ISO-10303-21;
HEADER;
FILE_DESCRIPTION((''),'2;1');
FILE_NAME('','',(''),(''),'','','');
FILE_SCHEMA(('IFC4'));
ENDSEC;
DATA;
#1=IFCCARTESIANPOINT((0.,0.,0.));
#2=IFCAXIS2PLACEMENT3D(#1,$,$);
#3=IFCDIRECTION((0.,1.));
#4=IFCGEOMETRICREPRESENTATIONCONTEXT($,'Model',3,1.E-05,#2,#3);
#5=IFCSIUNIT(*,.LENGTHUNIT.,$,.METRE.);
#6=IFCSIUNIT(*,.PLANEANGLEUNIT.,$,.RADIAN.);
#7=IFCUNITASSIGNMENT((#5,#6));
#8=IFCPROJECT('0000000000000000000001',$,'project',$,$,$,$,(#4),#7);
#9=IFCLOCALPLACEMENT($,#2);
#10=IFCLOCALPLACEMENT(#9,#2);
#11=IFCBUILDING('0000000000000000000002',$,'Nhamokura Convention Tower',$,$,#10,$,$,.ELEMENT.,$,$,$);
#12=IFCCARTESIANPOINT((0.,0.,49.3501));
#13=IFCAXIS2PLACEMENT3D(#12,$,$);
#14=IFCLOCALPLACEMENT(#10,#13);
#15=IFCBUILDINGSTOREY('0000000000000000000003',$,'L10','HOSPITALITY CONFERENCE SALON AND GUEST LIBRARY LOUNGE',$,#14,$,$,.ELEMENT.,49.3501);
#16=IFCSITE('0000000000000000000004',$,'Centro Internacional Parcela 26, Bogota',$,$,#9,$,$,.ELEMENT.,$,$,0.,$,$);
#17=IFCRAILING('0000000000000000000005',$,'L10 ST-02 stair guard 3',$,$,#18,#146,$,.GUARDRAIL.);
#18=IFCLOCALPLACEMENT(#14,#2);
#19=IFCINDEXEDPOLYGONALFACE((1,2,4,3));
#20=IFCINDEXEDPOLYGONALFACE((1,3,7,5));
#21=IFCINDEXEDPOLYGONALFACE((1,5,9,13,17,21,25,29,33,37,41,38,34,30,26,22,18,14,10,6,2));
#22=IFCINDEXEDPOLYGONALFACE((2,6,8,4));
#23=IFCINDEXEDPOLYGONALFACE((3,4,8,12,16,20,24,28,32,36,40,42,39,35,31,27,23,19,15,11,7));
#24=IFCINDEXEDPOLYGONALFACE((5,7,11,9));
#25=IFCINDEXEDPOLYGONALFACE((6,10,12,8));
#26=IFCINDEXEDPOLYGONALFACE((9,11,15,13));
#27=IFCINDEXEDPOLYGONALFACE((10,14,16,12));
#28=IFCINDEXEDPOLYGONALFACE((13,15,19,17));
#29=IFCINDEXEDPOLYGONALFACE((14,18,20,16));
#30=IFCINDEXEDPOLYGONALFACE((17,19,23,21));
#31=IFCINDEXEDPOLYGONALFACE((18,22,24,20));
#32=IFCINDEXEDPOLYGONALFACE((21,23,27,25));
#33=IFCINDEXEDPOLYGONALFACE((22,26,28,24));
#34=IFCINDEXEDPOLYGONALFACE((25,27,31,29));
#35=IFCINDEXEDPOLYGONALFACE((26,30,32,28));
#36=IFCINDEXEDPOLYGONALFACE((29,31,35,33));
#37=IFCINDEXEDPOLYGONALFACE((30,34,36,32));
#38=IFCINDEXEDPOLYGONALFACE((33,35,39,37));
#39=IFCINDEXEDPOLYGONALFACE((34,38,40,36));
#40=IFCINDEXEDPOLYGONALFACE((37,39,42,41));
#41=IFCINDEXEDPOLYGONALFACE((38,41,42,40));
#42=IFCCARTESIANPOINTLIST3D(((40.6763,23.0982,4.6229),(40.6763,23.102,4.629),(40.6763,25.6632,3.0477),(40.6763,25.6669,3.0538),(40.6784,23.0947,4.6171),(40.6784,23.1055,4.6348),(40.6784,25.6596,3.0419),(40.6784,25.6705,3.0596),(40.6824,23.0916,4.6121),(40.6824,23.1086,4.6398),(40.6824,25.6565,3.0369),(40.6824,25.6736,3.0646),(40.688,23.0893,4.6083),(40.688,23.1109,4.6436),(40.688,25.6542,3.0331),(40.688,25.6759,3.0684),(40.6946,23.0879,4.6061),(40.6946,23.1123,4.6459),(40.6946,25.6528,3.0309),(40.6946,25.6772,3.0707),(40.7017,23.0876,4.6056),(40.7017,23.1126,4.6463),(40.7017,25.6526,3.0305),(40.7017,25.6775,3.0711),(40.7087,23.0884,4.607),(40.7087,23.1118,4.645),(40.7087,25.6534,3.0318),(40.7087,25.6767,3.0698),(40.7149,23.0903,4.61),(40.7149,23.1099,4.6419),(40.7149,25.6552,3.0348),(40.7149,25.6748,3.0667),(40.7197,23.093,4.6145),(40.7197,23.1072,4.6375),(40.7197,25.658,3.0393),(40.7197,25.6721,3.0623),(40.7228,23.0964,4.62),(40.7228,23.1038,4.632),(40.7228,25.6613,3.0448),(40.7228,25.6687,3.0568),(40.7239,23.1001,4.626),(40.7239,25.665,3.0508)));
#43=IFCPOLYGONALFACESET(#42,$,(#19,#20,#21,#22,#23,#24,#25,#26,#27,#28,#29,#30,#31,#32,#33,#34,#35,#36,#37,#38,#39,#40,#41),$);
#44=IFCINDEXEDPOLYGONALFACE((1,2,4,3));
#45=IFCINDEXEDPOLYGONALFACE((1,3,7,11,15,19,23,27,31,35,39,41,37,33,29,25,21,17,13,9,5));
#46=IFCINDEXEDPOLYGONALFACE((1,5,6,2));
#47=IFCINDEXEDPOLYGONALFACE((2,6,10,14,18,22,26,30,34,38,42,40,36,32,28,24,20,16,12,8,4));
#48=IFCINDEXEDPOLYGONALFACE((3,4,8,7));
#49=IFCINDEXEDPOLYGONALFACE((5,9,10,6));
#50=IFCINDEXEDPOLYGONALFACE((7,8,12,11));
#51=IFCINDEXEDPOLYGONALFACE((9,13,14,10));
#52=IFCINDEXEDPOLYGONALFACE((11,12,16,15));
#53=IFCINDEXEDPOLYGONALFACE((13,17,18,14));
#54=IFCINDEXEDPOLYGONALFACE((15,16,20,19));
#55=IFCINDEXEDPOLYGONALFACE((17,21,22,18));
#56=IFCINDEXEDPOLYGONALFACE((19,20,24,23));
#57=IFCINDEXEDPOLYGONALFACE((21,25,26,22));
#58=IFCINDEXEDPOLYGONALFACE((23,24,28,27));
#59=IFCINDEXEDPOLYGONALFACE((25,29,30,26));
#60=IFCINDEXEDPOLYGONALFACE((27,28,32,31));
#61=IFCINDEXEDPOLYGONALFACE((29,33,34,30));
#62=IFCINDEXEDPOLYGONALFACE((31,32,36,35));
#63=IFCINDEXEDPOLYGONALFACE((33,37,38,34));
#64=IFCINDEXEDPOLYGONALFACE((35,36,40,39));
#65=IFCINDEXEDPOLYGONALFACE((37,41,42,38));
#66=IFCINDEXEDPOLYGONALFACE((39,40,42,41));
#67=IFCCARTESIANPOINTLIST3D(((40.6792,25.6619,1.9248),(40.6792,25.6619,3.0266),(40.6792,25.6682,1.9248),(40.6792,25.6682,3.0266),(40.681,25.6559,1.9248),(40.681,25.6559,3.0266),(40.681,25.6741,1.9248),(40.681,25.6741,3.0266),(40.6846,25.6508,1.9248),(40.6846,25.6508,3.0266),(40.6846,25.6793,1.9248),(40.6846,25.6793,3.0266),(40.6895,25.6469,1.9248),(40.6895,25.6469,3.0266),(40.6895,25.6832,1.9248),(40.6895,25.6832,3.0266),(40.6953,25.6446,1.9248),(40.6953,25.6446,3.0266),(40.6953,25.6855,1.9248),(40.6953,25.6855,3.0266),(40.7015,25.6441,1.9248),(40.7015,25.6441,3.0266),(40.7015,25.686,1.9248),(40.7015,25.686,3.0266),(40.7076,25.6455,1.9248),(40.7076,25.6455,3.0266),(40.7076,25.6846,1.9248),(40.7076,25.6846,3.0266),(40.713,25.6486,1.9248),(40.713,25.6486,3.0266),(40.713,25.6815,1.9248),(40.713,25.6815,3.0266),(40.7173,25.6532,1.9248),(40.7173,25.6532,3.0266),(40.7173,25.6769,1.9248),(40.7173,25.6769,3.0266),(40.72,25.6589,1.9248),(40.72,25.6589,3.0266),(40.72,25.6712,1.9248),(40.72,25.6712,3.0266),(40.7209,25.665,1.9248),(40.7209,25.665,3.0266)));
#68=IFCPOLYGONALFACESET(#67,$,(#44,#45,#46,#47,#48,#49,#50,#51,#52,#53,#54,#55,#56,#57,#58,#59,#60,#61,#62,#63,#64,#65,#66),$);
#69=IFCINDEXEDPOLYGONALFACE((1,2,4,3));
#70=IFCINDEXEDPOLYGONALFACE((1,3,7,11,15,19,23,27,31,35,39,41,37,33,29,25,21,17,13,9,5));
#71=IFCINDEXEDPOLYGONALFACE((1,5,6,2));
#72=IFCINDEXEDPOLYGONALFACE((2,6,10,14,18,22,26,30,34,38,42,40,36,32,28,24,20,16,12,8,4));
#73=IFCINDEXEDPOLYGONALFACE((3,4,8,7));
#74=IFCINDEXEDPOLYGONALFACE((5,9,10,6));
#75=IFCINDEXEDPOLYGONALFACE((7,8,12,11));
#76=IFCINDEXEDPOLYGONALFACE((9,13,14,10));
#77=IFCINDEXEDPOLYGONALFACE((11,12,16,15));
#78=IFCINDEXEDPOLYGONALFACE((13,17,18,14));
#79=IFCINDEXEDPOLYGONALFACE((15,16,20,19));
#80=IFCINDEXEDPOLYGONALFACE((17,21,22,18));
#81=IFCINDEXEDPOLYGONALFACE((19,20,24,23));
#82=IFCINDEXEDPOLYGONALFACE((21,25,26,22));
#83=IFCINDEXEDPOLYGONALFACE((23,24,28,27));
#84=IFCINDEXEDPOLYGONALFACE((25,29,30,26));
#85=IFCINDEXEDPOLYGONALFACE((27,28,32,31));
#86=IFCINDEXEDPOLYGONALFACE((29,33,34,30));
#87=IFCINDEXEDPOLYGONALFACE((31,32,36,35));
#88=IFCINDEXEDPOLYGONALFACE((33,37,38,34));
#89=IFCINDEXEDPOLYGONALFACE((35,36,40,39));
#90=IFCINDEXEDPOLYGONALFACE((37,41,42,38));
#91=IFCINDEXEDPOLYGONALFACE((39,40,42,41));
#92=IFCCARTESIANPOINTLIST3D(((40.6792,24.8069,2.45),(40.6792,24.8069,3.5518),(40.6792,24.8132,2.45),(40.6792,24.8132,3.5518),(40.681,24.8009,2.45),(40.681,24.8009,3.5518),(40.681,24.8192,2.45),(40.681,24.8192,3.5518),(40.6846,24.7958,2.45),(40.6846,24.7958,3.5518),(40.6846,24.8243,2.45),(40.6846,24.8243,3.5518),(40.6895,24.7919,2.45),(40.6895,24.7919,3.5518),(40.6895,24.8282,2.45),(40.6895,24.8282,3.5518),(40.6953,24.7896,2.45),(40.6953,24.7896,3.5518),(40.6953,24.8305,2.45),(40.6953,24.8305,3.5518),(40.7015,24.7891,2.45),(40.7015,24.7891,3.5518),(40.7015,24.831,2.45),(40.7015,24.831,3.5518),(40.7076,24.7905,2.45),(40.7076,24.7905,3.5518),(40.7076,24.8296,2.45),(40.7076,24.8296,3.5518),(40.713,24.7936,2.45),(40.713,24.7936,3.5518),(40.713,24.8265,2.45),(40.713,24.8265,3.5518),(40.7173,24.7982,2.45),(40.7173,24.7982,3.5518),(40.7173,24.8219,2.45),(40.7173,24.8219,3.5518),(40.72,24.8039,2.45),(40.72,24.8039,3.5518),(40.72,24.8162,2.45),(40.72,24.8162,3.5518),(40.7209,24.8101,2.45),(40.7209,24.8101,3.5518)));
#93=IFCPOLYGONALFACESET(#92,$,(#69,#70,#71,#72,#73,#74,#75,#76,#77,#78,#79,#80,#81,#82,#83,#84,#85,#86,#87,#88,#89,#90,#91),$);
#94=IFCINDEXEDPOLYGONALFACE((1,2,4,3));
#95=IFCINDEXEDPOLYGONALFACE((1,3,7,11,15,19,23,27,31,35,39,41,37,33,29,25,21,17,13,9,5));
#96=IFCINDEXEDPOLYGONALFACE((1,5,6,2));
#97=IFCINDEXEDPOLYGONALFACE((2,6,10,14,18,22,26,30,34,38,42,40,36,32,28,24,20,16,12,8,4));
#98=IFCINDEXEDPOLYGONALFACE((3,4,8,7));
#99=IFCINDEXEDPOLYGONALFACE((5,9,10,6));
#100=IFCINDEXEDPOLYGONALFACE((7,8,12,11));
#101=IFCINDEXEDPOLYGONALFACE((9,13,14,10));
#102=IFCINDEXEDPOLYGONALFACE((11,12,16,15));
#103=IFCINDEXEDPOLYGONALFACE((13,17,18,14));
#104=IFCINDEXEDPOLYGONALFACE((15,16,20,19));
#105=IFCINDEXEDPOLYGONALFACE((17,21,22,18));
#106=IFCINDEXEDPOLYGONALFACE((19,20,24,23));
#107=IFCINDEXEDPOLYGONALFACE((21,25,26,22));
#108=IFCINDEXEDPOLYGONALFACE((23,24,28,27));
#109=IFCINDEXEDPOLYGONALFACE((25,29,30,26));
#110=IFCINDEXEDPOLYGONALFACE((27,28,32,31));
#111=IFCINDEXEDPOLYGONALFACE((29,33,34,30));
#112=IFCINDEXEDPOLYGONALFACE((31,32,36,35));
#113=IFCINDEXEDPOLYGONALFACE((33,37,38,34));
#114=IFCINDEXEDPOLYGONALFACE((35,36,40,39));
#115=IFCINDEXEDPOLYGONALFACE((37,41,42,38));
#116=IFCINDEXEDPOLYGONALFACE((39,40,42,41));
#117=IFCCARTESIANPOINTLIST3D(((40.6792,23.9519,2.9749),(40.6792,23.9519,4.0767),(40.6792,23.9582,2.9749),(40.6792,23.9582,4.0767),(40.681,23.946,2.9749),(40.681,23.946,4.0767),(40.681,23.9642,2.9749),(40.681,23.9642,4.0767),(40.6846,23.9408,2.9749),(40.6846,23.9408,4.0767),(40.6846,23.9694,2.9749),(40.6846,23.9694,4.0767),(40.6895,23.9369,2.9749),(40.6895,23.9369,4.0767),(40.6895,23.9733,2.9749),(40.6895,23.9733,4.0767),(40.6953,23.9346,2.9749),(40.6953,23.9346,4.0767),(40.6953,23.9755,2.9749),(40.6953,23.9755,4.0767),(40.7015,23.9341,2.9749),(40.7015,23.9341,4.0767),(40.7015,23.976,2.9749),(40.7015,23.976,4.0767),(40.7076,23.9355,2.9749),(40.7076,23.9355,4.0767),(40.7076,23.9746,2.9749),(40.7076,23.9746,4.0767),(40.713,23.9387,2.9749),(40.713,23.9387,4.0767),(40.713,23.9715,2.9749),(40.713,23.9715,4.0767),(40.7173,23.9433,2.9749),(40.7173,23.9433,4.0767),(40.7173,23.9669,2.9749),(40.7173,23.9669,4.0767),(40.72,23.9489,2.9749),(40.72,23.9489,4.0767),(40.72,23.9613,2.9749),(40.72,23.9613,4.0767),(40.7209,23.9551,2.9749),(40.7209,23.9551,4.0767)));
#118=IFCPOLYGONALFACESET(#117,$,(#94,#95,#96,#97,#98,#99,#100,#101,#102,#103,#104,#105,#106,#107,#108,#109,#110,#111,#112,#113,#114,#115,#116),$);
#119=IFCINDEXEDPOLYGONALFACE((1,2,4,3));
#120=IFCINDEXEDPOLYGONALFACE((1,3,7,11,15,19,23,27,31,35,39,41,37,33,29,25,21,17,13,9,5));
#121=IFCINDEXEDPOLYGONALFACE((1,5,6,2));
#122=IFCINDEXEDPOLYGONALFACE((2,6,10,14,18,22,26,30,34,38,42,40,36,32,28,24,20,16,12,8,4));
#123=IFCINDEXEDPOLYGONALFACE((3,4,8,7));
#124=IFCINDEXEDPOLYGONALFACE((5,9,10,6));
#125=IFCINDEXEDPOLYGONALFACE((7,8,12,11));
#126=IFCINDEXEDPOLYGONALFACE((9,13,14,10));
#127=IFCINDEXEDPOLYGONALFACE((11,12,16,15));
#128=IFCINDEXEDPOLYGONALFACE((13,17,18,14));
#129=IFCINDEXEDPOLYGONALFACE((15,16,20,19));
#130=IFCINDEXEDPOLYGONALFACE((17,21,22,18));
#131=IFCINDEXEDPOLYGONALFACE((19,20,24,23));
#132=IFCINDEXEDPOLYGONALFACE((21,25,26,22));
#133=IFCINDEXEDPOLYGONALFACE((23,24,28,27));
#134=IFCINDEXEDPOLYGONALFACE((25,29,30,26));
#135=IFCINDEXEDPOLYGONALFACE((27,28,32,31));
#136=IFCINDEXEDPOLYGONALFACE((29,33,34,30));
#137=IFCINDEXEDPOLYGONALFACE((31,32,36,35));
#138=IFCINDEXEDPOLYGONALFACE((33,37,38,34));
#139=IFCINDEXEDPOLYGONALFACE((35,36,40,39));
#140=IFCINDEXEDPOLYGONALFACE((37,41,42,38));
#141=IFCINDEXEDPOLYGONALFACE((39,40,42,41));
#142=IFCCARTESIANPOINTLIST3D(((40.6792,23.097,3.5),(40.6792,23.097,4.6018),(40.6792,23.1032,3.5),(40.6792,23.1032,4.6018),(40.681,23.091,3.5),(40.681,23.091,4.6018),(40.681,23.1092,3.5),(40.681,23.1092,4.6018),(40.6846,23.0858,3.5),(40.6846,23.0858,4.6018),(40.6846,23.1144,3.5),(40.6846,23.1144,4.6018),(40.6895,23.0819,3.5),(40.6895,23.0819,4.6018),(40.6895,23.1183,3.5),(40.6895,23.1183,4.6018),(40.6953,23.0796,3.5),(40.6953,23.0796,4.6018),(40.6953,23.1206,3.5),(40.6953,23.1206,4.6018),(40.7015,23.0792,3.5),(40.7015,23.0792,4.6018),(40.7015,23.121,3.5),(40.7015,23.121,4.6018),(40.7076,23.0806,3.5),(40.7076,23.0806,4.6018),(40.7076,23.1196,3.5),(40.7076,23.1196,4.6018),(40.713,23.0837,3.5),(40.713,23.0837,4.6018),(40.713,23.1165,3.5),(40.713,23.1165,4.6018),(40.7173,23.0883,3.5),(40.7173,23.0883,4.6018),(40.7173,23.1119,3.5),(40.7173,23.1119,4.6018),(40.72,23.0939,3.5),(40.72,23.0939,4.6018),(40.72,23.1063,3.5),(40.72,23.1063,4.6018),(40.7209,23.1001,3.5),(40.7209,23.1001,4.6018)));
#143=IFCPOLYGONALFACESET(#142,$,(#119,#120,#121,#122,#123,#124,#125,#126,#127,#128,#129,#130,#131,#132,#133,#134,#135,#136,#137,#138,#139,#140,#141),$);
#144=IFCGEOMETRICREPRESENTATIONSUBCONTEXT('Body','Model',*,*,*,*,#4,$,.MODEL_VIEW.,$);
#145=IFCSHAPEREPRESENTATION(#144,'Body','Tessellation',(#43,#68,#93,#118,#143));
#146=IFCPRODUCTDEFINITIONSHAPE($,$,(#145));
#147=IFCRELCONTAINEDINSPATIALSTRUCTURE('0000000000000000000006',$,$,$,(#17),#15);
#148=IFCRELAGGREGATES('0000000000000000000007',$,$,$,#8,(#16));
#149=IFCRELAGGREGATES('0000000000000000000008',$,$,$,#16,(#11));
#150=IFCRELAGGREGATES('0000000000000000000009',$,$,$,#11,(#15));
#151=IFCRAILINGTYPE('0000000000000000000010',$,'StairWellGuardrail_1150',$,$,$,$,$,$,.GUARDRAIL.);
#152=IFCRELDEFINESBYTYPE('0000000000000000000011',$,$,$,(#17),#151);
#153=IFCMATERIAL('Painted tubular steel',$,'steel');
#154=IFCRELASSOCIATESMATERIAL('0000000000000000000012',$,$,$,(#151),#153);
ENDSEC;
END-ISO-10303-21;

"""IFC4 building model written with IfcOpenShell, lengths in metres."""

from ifc_helpers import new_model, si_unit, direction, frame, origin, origin_2d, place, context, subcontext, project, spatial, circle, extrude, material, type_object, element, save


model = new_model("IFC4")

# Units and contexts
model_context = context("Model", 3, precision=1e-05, world=origin(), true_north=direction((0.0, 1.0)))
body_context = subcontext(model_context, "Body", "Model", "MODEL_VIEW")
ifc_project = project(units=[si_unit("LENGTHUNIT", "METRE"), si_unit("PLANEANGLEUNIT", "RADIAN")], contexts=[model_context])

# Site, building, storey
site_placement = place(None, origin())
site = spatial("IfcSite", under=ifc_project, at=site_placement, Name="Centro Internacional Parcela 26, Bogota", CompositionType="ELEMENT", RefElevation=0.0)
building_placement = place(site_placement, origin())
building = spatial("IfcBuilding", under=site, at=building_placement, Name="Nhamokura Convention Tower", CompositionType="ELEMENT")
storey_placement = place(building_placement, frame((0.0, 0.0, 49.3501)))
storey = spatial("IfcBuildingStorey", under=building, at=storey_placement, Name="L10", Description="HOSPITALITY CONFERENCE SALON AND GUEST LIBRARY LOUNGE", CompositionType="ELEMENT", Elevation=49.3501)

# Railing
ifc_material_1 = material(Name="Painted tubular steel", Category="steel")
railing_type_1 = type_object("IfcRailingType", Name="StairWellGuardrail_1150", PredefinedType="GUARDRAIL", material=ifc_material_1)
railing_1_placement = place(storey_placement, frame((40.7, 25.665, 1.9248)))
element("IfcRailing", 1, at=railing_1_placement, inside=storey, type_object=railing_type_1, Name="L10 ST-02 stair guard 3", PredefinedType="GUARDRAIL", context=body_context, shape_type="SweptSolid", body=[
    extrude(circle(Radius=0.0239, at=origin_2d()), frame((0.0, 0.0, 1.126), z_axis=(0.0, -0.852137, 0.523319), x_axis=(1.0, 0.0, 0.0)), (0.0, 0.0, 1.0), 3.01),
    extrude(circle(Radius=0.021, at=origin_2d()), origin(), (0.0, 0.0, 1.0), 1.1018),
    extrude(circle(Radius=0.021, at=origin_2d()), frame((0.0, -0.855, 0.5251)), (0.0, 0.0, 1.0), 1.1018),
    extrude(circle(Radius=0.021, at=origin_2d()), frame((0.0, -1.71, 1.05)), (0.0, 0.0, 1.0), 1.1018),
    extrude(circle(Radius=0.021, at=origin_2d()), frame((0.0, -2.5649, 1.5752)), (0.0, 0.0, 1.0), 1.1018),
])

save(model, "model.ifc")
